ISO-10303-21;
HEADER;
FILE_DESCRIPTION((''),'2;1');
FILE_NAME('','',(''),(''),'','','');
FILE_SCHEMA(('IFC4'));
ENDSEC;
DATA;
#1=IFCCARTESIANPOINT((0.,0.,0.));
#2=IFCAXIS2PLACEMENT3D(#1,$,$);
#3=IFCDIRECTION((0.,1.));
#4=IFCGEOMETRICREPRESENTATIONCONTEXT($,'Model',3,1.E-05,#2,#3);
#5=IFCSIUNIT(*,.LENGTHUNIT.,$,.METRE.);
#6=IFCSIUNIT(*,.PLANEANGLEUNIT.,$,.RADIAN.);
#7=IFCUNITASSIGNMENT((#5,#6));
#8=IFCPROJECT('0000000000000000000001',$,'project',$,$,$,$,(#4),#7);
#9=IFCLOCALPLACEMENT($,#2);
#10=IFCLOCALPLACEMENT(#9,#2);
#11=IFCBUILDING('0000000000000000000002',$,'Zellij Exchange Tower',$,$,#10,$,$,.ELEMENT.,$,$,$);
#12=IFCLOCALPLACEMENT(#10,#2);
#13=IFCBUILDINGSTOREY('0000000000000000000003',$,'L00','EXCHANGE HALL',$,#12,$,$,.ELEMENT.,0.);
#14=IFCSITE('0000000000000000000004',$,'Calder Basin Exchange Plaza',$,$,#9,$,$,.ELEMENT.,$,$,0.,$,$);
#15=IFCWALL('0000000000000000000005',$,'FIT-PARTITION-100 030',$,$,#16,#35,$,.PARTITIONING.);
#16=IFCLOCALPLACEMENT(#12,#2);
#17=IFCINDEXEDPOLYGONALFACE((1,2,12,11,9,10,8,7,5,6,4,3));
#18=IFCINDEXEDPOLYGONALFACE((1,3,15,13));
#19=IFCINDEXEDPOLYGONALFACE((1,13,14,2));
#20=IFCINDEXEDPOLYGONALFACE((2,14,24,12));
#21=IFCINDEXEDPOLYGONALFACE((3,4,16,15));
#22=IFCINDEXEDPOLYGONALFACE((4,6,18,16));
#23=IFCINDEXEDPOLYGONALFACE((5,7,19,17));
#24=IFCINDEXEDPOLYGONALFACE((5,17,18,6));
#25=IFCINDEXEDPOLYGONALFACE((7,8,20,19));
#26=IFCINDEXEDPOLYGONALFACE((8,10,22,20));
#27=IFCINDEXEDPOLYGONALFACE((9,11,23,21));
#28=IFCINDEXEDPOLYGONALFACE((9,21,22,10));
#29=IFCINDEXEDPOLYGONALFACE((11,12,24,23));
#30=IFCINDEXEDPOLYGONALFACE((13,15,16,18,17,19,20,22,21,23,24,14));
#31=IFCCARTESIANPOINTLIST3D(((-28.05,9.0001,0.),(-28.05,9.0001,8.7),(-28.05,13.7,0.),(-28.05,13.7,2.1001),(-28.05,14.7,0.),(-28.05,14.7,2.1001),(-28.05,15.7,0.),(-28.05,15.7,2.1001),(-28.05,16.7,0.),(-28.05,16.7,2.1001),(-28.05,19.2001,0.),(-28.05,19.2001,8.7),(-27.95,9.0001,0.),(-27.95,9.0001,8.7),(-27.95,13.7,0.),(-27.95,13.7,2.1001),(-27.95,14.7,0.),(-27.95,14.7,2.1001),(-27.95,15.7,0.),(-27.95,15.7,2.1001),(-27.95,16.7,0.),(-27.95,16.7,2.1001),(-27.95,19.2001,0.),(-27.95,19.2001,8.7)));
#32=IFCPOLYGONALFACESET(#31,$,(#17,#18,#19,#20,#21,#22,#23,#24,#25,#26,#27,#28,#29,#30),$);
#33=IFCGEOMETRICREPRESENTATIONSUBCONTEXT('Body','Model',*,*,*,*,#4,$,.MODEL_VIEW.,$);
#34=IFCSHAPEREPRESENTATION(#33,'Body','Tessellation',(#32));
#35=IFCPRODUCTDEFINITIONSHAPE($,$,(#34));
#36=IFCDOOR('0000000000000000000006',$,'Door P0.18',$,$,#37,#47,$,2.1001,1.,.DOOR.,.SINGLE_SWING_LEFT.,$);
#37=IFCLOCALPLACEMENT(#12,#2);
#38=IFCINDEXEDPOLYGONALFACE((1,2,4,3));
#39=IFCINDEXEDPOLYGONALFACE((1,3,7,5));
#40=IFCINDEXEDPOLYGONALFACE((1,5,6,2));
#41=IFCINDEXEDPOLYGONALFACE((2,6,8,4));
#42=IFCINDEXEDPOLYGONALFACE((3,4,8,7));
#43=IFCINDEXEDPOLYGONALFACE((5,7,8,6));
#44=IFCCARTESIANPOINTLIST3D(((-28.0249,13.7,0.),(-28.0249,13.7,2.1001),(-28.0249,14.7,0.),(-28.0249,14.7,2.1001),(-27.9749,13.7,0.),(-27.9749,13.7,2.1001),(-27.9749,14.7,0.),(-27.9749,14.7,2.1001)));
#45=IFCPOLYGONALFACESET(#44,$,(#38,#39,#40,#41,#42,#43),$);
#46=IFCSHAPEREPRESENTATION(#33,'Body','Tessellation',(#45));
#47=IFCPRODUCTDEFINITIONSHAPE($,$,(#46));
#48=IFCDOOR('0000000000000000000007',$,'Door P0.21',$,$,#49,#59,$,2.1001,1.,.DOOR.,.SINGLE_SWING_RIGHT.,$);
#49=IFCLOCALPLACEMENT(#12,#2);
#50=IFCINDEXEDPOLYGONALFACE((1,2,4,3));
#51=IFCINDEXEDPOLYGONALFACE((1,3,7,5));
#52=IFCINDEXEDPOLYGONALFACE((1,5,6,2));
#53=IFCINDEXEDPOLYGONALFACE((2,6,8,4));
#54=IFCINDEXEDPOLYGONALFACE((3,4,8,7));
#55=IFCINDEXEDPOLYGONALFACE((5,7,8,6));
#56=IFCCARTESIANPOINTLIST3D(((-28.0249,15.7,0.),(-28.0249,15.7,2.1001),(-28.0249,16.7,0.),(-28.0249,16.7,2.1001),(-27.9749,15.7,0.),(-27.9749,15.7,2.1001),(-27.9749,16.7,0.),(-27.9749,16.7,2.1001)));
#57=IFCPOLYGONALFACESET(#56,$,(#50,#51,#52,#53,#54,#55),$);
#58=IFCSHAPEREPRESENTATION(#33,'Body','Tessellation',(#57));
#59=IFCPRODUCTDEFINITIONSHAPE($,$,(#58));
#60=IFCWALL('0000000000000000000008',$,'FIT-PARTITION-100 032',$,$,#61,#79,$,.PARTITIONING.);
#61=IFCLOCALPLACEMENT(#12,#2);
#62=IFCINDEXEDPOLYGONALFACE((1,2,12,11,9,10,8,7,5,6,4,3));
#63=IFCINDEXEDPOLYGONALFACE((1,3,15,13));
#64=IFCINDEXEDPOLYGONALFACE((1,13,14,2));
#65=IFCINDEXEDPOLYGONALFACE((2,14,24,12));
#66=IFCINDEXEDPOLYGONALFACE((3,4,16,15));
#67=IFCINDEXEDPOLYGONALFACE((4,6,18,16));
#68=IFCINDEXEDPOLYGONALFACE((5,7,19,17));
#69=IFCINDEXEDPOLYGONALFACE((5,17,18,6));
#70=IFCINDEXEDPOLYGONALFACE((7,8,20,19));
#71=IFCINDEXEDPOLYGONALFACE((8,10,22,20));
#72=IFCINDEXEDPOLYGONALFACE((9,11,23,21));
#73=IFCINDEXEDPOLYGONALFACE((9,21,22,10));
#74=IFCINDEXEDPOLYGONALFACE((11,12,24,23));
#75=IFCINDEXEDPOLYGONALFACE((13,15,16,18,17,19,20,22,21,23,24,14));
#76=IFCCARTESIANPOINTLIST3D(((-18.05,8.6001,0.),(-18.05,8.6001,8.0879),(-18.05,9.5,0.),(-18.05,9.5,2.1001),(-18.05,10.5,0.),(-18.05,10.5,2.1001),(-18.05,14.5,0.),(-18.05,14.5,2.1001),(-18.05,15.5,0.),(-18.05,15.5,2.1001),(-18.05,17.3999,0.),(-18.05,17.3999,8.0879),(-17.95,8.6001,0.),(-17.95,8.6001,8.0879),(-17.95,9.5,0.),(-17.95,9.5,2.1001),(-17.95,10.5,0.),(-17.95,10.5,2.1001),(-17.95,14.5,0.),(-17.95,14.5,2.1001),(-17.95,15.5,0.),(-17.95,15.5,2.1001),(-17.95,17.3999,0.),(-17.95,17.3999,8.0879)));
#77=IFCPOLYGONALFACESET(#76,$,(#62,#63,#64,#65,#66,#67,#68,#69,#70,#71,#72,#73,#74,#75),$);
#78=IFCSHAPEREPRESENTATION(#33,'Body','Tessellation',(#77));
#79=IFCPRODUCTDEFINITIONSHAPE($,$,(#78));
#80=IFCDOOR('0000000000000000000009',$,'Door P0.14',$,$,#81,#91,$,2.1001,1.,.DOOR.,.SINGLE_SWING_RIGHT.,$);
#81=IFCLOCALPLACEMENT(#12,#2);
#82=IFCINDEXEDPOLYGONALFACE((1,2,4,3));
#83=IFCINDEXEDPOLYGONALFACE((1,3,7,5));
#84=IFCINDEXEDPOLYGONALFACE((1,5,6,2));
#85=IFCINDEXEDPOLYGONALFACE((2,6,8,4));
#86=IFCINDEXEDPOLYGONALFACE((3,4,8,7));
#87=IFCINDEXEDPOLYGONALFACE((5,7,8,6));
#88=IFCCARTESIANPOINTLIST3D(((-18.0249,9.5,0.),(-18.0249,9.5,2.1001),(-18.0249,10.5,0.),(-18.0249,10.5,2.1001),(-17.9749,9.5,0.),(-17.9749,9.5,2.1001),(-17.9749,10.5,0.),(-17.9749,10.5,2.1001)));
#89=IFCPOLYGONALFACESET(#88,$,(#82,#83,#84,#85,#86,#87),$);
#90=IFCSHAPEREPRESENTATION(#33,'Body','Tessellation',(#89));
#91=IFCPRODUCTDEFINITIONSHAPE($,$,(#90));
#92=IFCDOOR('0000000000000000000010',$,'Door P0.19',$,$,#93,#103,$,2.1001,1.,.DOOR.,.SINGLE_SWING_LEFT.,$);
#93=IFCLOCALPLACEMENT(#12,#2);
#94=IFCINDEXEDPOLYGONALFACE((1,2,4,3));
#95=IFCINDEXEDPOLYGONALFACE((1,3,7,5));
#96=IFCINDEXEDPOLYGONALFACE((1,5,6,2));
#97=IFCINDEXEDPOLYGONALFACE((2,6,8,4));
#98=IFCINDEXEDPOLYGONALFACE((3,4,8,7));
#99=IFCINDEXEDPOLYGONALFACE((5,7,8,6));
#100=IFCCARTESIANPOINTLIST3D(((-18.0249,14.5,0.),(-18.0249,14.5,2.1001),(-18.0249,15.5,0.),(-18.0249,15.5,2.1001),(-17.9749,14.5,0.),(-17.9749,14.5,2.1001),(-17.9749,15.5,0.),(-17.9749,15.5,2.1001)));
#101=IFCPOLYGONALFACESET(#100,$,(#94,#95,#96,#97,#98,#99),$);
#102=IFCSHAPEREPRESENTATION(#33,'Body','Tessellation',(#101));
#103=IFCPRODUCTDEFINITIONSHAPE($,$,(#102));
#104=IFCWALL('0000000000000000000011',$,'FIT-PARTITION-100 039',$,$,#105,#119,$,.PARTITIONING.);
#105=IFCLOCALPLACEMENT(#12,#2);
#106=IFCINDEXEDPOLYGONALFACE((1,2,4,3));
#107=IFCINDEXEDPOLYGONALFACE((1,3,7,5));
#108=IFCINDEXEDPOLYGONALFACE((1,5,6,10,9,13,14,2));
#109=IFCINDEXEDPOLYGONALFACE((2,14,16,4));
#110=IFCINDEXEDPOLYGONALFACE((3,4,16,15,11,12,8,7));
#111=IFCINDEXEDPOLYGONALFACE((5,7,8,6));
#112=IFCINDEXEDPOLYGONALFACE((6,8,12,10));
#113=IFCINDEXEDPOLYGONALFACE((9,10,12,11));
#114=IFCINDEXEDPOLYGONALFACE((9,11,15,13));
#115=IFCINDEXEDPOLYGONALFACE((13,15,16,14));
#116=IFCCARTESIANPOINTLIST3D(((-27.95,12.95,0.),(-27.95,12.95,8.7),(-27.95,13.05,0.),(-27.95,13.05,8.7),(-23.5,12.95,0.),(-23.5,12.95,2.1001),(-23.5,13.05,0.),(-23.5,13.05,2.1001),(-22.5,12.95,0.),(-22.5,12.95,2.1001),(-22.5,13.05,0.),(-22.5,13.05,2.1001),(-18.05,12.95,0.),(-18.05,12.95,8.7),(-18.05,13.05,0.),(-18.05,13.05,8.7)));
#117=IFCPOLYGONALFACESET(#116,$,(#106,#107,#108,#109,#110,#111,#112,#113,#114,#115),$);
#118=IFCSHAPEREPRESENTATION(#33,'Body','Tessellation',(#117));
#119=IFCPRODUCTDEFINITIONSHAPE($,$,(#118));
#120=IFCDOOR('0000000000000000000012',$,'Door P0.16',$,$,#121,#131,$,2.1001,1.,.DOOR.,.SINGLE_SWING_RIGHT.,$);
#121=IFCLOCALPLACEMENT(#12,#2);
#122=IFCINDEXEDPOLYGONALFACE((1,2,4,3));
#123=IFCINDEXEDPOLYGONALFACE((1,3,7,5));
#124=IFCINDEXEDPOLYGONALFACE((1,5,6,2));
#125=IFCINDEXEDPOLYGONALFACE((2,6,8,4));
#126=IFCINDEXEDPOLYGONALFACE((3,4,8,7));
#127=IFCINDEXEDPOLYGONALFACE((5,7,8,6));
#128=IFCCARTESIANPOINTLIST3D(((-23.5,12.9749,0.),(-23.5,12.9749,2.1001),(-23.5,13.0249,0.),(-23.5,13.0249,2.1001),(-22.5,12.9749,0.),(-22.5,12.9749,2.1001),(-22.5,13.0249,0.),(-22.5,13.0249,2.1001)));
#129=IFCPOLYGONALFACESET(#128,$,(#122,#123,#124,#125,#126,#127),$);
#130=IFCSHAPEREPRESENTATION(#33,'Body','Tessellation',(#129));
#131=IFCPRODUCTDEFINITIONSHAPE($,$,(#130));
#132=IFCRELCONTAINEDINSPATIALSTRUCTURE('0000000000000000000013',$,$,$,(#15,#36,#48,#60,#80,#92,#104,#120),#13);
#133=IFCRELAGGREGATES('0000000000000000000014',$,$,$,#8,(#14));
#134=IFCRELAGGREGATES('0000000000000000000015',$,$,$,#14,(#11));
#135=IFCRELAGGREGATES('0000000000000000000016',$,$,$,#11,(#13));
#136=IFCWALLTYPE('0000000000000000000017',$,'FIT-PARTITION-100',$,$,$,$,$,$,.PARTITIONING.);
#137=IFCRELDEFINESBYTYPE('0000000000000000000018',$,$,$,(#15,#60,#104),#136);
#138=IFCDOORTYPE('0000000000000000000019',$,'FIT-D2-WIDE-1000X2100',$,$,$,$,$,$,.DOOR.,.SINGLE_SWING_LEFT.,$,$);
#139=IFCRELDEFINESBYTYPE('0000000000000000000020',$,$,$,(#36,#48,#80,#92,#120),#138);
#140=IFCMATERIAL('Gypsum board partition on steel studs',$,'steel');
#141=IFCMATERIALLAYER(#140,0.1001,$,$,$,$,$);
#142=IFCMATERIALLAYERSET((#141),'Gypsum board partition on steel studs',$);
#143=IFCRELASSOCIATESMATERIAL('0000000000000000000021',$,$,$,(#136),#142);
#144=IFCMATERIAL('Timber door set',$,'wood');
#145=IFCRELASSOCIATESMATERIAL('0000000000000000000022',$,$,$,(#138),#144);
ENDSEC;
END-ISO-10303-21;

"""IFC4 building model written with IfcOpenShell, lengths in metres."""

from ifc_helpers import new_model, si_unit, direction, frame, frame_2d, origin, place, context, subcontext, project, spatial, rectangle, extrude, material, layer, layer_set, type_object, element, fill, save


model = new_model("IFC4")

# Units and contexts
model_context = context("Model", 3, precision=1e-05, world=origin(), true_north=direction((0.0, 1.0)))
body_context = subcontext(model_context, "Body", "Model", "MODEL_VIEW")
ifc_project = project(units=[si_unit("LENGTHUNIT", "METRE"), si_unit("PLANEANGLEUNIT", "RADIAN")], contexts=[model_context])

# Site, building, storey
site_placement = place(None, origin())
site = spatial("IfcSite", under=ifc_project, at=site_placement, Name="Calder Basin Exchange Plaza", CompositionType="ELEMENT", RefElevation=0.0)
building_placement = place(site_placement, origin())
building = spatial("IfcBuilding", under=site, at=building_placement, Name="Zellij Exchange Tower", CompositionType="ELEMENT")
storey_placement = place(building_placement, origin())
storey = spatial("IfcBuildingStorey", under=building, at=storey_placement, Name="L00", Description="EXCHANGE HALL", CompositionType="ELEMENT", Elevation=0.0)

# Walls, openings, doors
ifc_material_1 = material(Name="Gypsum board partition on steel studs", Category="steel")
ifc_layer_1 = layer(ifc_material_1, 0.1001)
ifc_layer_set_1 = layer_set([ifc_layer_1], Name="Gypsum board partition on steel studs")
wall_type_1 = type_object("IfcWallType", Name="FIT-PARTITION-100", PredefinedType="PARTITIONING", material=ifc_layer_set_1)
wall_1_placement = place(storey_placement, frame((-28.0, 9.0, 0.0), z_axis=(0.0, 0.0, 1.0), x_axis=(0.0, 1.0, 0.0)))
wall_1 = element("IfcWall", 1, at=wall_1_placement, inside=storey, type_object=wall_type_1, Name="FIT-PARTITION-100 030", PredefinedType="PARTITIONING", context=body_context, shape_type="SweptSolid", body=[
    extrude(rectangle(XDim=10.2, YDim=0.1001, at=frame_2d((5.1001, 0.0))), origin(), (0.0, 0.0, 1.0), 8.7),
])
opening_1_placement = place(wall_1_placement, frame((4.7, 0.0, 0.0)))
opening_1 = element("IfcOpeningElement", 2, at=opening_1_placement, cuts=wall_1, PredefinedType="OPENING", context=body_context, shape_type="SweptSolid", body=[
    extrude(rectangle(XDim=1.0, YDim=2.1001, at=frame_2d((0.5, 1.05))), frame((0.0, 0.062, 0.0), z_axis=(0.0, -1.0, 0.0), x_axis=(1.0, 0.0, 0.0)), (0.0, 0.0, 1.0), 0.124),
])
opening_2_placement = place(wall_1_placement, frame((6.7, 0.0, 0.0)))
opening_2 = element("IfcOpeningElement", 3, at=opening_2_placement, cuts=wall_1, PredefinedType="OPENING", context=body_context, shape_type="SweptSolid", body=[
    extrude(rectangle(XDim=1.0, YDim=2.1001, at=frame_2d((0.5, 1.05))), frame((0.0, 0.062, 0.0), z_axis=(0.0, -1.0, 0.0), x_axis=(1.0, 0.0, 0.0)), (0.0, 0.0, 1.0), 0.124),
])
ifc_material_2 = material(Name="Timber door set", Category="wood")
door_type_1 = type_object("IfcDoorType", Name="FIT-D2-WIDE-1000X2100", OperationType="SINGLE_SWING_LEFT", PredefinedType="DOOR", material=ifc_material_2)
door_1_placement = place(opening_1_placement, origin())
door_1 = element("IfcDoor", 4, at=door_1_placement, inside=storey, type_object=door_type_1, Name="Door P0.18", OperationType="SINGLE_SWING_LEFT", OverallHeight=2.1001, OverallWidth=1.0, PredefinedType="DOOR", context=body_context, shape_type="SweptSolid", body=[
    extrude(rectangle(XDim=1.0, YDim=2.1001, at=frame_2d((0.5, 1.05))), frame((0.0, 0.0249, 0.0), z_axis=(0.0, -1.0, 0.0), x_axis=(1.0, 0.0, 0.0)), (0.0, 0.0, 1.0), 0.05),
])
fill(opening_1, door_1)
door_2_placement = place(opening_2_placement, origin())
door_2 = element("IfcDoor", 5, at=door_2_placement, inside=storey, type_object=door_type_1, Name="Door P0.21", OperationType="SINGLE_SWING_RIGHT", OverallHeight=2.1001, OverallWidth=1.0, PredefinedType="DOOR", context=body_context, shape_type="SweptSolid", body=[
    extrude(rectangle(XDim=1.0, YDim=2.1001, at=frame_2d((0.5, 1.05))), frame((0.0, 0.0249, 0.0), z_axis=(0.0, -1.0, 0.0), x_axis=(1.0, 0.0, 0.0)), (0.0, 0.0, 1.0), 0.05),
])
fill(opening_2, door_2)
wall_2_placement = place(storey_placement, frame((-18.0, 8.6001, 0.0), z_axis=(0.0, 0.0, 1.0), x_axis=(0.0, 1.0, 0.0)))
wall_2 = element("IfcWall", 6, at=wall_2_placement, inside=storey, type_object=wall_type_1, Name="FIT-PARTITION-100 032", PredefinedType="PARTITIONING", context=body_context, shape_type="SweptSolid", body=[
    extrude(rectangle(XDim=8.7998, YDim=0.1001, at=frame_2d((4.3999, 0.0))), origin(), (0.0, 0.0, 1.0), 8.0879),
])
opening_3_placement = place(wall_2_placement, frame((0.8999, 0.0, 0.0)))
opening_3 = element("IfcOpeningElement", 7, at=opening_3_placement, cuts=wall_2, PredefinedType="OPENING", context=body_context, shape_type="SweptSolid", body=[
    extrude(rectangle(XDim=1.0, YDim=2.1001, at=frame_2d((0.5, 1.05))), frame((0.0, 0.062, 0.0), z_axis=(0.0, -1.0, 0.0), x_axis=(1.0, 0.0, 0.0)), (0.0, 0.0, 1.0), 0.124),
])
opening_4_placement = place(wall_2_placement, frame((5.8999, 0.0, 0.0)))
opening_4 = element("IfcOpeningElement", 8, at=opening_4_placement, cuts=wall_2, PredefinedType="OPENING", context=body_context, shape_type="SweptSolid", body=[
    extrude(rectangle(XDim=1.0, YDim=2.1001, at=frame_2d((0.5, 1.05))), frame((0.0, 0.062, 0.0), z_axis=(0.0, -1.0, 0.0), x_axis=(1.0, 0.0, 0.0)), (0.0, 0.0, 1.0), 0.124),
])
door_3_placement = place(opening_3_placement, origin())
door_3 = element("IfcDoor", 9, at=door_3_placement, inside=storey, type_object=door_type_1, Name="Door P0.14", OperationType="SINGLE_SWING_RIGHT", OverallHeight=2.1001, OverallWidth=1.0, PredefinedType="DOOR", context=body_context, shape_type="SweptSolid", body=[
    extrude(rectangle(XDim=1.0, YDim=2.1001, at=frame_2d((0.5, 1.05))), frame((0.0, 0.0249, 0.0), z_axis=(0.0, -1.0, 0.0), x_axis=(1.0, 0.0, 0.0)), (0.0, 0.0, 1.0), 0.05),
])
fill(opening_3, door_3)
door_4_placement = place(opening_4_placement, origin())
door_4 = element("IfcDoor", 10, at=door_4_placement, inside=storey, type_object=door_type_1, Name="Door P0.19", OperationType="SINGLE_SWING_LEFT", OverallHeight=2.1001, OverallWidth=1.0, PredefinedType="DOOR", context=body_context, shape_type="SweptSolid", body=[
    extrude(rectangle(XDim=1.0, YDim=2.1001, at=frame_2d((0.5, 1.05))), frame((0.0, 0.0249, 0.0), z_axis=(0.0, -1.0, 0.0), x_axis=(1.0, 0.0, 0.0)), (0.0, 0.0, 1.0), 0.05),
])
fill(opening_4, door_4)

# Wall, opening, door
wall_3_placement = place(storey_placement, frame((-27.95, 13.0, 0.0), z_axis=(0.0, 0.0, 1.0), x_axis=(1.0, 0.0, 0.0)))
wall_3 = element("IfcWall", 11, at=wall_3_placement, inside=storey, type_object=wall_type_1, Name="FIT-PARTITION-100 039", PredefinedType="PARTITIONING", context=body_context, shape_type="SweptSolid", body=[
    extrude(rectangle(XDim=9.8999, YDim=0.1001, at=frame_2d((4.95, 0.0))), origin(), (0.0, 0.0, 1.0), 8.7),
])
opening_5_placement = place(wall_3_placement, frame((4.45, 0.0, 0.0)))
opening_5 = element("IfcOpeningElement", 12, at=opening_5_placement, cuts=wall_3, PredefinedType="OPENING", context=body_context, shape_type="SweptSolid", body=[
    extrude(rectangle(XDim=1.0, YDim=2.1001, at=frame_2d((0.5, 1.05))), frame((0.0, 0.062, 0.0), z_axis=(0.0, -1.0, 0.0), x_axis=(1.0, 0.0, 0.0)), (0.0, 0.0, 1.0), 0.124),
])
door_5_placement = place(opening_5_placement, origin())
door_5 = element("IfcDoor", 13, at=door_5_placement, inside=storey, type_object=door_type_1, Name="Door P0.16", OperationType="SINGLE_SWING_RIGHT", OverallHeight=2.1001, OverallWidth=1.0, PredefinedType="DOOR", context=body_context, shape_type="SweptSolid", body=[
    extrude(rectangle(XDim=1.0, YDim=2.1001, at=frame_2d((0.5, 1.05))), frame((0.0, 0.0249, 0.0), z_axis=(0.0, -1.0, 0.0), x_axis=(1.0, 0.0, 0.0)), (0.0, 0.0, 1.0), 0.05),
])
fill(opening_5, door_5)

save(model, "model.ifc")
